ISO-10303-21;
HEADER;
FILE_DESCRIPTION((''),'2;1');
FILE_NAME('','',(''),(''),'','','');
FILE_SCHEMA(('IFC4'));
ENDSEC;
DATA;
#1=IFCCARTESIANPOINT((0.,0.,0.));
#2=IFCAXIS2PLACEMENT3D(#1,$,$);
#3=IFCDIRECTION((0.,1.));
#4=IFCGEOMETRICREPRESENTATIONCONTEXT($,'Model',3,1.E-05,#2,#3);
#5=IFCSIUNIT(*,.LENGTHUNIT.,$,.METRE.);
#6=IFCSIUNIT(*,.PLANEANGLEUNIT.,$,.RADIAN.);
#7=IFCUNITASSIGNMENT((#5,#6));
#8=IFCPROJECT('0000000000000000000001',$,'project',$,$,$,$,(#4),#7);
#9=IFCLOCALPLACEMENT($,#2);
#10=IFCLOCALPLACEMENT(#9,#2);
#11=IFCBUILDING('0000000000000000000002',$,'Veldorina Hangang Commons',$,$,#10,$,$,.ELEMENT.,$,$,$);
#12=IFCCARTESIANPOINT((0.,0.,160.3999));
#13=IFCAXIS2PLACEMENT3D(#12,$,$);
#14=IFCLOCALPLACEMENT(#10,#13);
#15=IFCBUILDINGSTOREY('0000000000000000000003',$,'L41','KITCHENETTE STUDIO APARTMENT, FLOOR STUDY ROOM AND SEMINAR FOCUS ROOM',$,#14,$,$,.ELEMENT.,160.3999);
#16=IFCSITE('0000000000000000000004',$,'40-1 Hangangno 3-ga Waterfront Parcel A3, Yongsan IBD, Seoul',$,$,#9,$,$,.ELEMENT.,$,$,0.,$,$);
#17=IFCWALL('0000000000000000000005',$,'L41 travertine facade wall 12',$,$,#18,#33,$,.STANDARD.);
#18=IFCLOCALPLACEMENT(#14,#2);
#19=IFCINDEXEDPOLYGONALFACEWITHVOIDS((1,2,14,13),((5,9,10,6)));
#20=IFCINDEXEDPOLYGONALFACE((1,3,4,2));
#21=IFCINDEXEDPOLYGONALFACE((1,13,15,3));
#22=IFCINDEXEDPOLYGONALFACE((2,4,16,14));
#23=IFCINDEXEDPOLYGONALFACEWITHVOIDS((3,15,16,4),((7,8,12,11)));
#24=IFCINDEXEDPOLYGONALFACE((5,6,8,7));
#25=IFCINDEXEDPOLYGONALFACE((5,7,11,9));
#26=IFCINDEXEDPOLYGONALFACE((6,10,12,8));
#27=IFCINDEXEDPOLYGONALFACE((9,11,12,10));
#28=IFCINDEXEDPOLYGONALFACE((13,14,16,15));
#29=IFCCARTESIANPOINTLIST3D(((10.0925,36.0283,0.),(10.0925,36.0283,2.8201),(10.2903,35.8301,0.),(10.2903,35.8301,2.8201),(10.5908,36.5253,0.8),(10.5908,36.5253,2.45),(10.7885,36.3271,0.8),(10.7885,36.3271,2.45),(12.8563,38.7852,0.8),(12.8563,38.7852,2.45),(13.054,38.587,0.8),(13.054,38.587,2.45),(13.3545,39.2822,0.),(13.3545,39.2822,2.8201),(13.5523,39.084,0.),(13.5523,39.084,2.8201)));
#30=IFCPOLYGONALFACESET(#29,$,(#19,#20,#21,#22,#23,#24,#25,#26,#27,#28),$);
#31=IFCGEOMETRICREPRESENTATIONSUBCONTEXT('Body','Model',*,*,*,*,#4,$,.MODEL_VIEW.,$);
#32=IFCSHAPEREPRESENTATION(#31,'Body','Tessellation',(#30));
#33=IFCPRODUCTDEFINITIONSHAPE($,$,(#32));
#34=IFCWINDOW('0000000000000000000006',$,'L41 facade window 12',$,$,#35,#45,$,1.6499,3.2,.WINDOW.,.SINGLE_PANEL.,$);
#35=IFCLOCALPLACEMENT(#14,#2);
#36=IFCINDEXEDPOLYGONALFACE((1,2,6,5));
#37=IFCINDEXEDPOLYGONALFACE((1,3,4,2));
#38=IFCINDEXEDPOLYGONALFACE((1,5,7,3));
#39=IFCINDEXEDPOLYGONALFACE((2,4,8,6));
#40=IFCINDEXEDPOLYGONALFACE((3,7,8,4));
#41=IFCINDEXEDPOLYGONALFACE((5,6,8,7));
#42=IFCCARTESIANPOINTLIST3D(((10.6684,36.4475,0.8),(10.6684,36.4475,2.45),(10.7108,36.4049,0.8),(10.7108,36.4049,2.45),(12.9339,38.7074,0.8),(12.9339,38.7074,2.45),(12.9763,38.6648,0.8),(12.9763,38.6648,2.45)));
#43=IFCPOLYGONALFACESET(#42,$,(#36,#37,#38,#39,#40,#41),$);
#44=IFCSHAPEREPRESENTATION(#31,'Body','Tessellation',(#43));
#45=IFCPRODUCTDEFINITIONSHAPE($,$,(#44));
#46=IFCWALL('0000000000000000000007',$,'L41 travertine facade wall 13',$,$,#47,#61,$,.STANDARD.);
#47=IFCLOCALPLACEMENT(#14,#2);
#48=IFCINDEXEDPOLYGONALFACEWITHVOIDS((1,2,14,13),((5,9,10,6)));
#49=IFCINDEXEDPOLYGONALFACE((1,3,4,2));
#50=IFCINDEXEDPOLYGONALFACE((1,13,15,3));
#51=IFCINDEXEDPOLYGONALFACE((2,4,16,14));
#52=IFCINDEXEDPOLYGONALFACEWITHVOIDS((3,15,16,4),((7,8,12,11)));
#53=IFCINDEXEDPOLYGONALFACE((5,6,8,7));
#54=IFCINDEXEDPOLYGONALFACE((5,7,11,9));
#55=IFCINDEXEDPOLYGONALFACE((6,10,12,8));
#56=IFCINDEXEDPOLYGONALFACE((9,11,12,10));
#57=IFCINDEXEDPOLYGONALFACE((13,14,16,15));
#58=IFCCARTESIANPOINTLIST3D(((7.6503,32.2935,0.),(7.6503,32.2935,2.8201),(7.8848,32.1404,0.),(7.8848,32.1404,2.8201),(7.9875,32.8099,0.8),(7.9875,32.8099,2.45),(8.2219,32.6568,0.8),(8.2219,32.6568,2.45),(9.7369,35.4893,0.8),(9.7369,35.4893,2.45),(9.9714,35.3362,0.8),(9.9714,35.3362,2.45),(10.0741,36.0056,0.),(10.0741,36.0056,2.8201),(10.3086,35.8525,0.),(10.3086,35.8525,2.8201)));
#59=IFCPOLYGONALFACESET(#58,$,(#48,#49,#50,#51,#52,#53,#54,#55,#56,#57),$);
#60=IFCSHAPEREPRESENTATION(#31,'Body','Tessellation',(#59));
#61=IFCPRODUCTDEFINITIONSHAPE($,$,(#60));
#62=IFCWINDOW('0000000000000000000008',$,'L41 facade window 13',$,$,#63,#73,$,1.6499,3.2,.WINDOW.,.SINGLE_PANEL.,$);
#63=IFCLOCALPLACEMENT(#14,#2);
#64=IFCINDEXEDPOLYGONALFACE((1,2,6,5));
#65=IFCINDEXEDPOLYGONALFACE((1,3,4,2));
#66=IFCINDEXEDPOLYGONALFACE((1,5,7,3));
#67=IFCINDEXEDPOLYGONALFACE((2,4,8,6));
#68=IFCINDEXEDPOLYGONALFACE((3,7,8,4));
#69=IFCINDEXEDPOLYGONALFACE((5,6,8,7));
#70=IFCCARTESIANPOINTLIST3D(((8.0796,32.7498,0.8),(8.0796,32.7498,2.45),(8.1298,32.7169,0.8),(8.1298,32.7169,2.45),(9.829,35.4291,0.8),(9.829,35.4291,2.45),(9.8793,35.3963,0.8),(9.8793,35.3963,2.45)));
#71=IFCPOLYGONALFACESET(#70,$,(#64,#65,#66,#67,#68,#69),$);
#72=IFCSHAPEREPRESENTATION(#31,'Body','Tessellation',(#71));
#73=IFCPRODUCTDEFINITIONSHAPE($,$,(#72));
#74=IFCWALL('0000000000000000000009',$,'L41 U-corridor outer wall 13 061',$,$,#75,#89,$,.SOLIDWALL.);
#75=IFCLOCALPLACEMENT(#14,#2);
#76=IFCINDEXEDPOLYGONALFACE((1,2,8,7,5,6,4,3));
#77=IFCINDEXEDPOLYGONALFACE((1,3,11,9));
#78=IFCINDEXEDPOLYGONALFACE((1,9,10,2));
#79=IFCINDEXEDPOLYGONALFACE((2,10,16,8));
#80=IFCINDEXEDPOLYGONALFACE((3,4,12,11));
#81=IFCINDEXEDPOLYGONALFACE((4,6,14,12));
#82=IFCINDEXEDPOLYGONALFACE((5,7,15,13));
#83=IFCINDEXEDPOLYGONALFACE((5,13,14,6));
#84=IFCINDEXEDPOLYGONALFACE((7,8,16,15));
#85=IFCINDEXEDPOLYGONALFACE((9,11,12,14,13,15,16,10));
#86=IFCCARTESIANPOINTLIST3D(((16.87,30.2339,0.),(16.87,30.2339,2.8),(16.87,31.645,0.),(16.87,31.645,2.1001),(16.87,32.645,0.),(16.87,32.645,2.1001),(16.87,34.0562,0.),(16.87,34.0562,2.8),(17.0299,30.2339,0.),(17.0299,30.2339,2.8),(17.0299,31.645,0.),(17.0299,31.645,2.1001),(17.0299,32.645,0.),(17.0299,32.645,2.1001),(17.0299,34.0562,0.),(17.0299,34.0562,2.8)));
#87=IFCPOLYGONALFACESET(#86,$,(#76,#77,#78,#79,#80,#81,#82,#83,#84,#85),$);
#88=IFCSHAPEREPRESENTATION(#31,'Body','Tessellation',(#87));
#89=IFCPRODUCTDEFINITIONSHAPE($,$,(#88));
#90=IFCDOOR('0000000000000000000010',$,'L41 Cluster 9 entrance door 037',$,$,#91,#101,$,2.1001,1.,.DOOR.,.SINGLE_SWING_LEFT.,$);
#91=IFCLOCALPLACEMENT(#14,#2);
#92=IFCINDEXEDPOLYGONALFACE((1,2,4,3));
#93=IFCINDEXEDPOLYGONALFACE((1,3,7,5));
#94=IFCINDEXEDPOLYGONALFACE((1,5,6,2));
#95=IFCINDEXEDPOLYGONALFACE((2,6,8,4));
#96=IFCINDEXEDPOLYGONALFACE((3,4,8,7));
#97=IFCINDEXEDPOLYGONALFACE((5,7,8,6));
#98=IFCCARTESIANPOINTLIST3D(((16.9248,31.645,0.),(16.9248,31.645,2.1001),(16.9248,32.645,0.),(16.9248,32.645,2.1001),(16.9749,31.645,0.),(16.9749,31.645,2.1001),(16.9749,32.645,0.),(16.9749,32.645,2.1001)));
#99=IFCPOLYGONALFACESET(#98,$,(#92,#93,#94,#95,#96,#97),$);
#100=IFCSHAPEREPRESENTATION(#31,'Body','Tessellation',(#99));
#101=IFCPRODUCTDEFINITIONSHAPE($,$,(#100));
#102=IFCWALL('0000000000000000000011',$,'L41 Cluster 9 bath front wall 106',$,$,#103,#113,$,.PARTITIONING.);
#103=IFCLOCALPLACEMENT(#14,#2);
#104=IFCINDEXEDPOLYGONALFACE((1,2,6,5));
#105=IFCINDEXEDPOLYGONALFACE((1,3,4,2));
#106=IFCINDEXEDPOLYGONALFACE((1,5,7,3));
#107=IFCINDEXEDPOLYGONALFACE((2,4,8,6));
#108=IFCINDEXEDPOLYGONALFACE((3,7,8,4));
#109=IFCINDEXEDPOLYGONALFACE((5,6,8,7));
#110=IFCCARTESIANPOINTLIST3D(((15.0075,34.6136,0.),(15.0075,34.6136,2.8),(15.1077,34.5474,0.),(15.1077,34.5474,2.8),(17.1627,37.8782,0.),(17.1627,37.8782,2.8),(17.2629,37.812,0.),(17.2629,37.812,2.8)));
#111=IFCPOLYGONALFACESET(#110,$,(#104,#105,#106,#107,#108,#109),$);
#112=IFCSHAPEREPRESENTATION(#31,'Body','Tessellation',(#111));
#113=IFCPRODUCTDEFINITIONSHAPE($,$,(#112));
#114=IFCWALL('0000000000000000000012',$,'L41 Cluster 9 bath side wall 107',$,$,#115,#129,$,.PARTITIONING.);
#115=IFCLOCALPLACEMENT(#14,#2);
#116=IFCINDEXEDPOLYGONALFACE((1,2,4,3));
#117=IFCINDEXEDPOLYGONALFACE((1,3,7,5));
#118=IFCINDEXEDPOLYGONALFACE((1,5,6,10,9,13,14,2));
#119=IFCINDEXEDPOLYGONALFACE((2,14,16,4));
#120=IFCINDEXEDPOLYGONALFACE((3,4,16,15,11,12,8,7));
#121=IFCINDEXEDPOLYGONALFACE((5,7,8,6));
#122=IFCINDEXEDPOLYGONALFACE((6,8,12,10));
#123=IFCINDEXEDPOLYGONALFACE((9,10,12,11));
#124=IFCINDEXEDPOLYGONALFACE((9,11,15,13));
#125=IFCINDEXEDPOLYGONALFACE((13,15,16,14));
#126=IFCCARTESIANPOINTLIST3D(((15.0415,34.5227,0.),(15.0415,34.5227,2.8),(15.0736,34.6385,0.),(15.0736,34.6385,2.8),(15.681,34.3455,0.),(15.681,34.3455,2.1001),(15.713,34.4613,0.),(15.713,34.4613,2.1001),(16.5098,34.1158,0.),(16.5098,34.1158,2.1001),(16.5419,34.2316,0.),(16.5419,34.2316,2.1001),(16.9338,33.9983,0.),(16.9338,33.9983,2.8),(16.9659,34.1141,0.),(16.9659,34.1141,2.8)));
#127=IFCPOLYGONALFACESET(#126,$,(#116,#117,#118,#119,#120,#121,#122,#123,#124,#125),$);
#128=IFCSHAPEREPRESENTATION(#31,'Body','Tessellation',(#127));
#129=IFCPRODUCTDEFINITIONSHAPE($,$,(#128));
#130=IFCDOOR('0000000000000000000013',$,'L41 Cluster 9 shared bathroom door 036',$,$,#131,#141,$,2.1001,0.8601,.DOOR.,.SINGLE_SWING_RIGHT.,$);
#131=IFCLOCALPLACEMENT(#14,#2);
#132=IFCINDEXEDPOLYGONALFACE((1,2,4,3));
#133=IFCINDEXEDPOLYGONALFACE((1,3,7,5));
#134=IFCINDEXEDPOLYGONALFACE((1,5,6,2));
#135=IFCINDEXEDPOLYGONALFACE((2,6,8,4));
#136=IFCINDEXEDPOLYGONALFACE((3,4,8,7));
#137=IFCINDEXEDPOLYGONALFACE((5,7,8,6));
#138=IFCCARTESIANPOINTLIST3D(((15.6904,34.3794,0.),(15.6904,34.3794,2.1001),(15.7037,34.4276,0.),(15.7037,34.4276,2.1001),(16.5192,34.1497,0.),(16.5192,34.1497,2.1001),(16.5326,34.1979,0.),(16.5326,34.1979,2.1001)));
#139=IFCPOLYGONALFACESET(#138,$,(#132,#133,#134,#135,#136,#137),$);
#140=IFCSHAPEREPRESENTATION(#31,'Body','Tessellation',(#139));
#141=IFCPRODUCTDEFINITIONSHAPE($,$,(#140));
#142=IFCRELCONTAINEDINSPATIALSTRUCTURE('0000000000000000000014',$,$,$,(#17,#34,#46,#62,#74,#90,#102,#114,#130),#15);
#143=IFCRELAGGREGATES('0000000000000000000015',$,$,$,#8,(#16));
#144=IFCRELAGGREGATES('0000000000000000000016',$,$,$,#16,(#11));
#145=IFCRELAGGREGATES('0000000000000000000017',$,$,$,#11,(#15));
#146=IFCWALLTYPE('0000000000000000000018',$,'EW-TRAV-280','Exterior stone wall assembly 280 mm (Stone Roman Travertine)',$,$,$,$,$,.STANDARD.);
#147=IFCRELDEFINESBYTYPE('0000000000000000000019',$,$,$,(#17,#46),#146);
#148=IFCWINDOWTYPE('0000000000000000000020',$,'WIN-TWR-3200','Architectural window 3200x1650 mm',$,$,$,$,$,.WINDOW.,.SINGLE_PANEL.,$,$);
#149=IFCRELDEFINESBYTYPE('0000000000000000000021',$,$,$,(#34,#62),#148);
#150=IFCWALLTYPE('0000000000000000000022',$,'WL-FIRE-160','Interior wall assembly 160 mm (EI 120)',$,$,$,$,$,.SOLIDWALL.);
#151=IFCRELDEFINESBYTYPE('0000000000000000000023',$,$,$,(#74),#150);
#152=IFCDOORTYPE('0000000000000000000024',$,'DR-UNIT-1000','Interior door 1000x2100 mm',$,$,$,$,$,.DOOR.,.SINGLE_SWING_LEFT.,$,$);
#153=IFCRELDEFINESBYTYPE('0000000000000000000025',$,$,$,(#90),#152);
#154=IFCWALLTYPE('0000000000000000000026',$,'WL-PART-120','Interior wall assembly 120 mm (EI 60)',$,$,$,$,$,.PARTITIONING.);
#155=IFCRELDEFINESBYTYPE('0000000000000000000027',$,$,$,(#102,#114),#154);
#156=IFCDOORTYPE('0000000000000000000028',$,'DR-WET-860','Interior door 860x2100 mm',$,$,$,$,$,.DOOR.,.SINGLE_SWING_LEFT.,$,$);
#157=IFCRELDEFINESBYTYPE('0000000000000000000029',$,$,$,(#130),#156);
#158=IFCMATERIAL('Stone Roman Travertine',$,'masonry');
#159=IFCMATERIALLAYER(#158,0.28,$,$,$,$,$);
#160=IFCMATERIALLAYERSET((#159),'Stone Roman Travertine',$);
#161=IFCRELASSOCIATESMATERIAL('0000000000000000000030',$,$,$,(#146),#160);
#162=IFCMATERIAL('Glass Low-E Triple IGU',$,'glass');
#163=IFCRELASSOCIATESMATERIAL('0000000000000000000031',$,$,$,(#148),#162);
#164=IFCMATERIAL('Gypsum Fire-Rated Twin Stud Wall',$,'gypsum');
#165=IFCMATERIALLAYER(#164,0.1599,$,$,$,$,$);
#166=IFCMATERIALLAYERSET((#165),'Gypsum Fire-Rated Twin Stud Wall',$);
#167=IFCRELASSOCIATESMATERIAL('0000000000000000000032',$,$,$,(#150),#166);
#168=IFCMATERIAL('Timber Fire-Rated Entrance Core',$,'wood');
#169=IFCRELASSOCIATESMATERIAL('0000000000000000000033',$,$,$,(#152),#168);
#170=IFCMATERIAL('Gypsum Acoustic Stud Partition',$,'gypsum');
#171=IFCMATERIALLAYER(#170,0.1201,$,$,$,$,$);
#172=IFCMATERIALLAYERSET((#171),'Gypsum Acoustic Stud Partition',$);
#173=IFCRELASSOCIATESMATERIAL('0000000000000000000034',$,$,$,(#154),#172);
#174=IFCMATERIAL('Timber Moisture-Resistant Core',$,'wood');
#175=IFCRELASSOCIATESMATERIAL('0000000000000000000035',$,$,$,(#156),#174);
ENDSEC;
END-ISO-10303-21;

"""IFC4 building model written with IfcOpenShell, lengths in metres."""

from ifc_helpers import new_model, si_unit, direction, frame, frame_2d, origin, place, context, subcontext, project, spatial, rectangle, extrude, material, layer, layer_set, type_object, element, fill, save


model = new_model("IFC4")

# Units and contexts
model_context = context("Model", 3, precision=1e-05, world=origin(), true_north=direction((0.0, 1.0)))
body_context = subcontext(model_context, "Body", "Model", "MODEL_VIEW")
ifc_project = project(units=[si_unit("LENGTHUNIT", "METRE"), si_unit("PLANEANGLEUNIT", "RADIAN")], contexts=[model_context])

# Site, building, storey
site_placement = place(None, origin())
site = spatial("IfcSite", under=ifc_project, at=site_placement, Name="40-1 Hangangno 3-ga Waterfront Parcel A3, Yongsan IBD, Seoul", CompositionType="ELEMENT", RefElevation=0.0)
building_placement = place(site_placement, origin())
building = spatial("IfcBuilding", under=site, at=building_placement, Name="Veldorina Hangang Commons", CompositionType="ELEMENT")
storey_placement = place(building_placement, frame((0.0, 0.0, 160.3999)))
storey = spatial("IfcBuildingStorey", under=building, at=storey_placement, Name="L41", Description="KITCHENETTE STUDIO APARTMENT, FLOOR STUDY ROOM AND SEMINAR FOCUS ROOM", CompositionType="ELEMENT", Elevation=160.3999)

# Walls, openings, windows
ifc_material_1 = material(Name="Stone Roman Travertine", Category="masonry")
ifc_layer_1 = layer(ifc_material_1, 0.28)
ifc_layer_set_1 = layer_set([ifc_layer_1], Name="Stone Roman Travertine")
wall_type_1 = type_object("IfcWallType", Name="EW-TRAV-280", Description="Exterior stone wall assembly 280 mm (Stone Roman Travertine)", PredefinedType="STANDARD", material=ifc_layer_set_1)
ifc_material_2 = material(Name="Glass Low-E Triple IGU", Category="glass")
window_type = type_object("IfcWindowType", Name="WIN-TWR-3200", Description="Architectural window 3200x1650 mm", PartitioningType="SINGLE_PANEL", PredefinedType="WINDOW", material=ifc_material_2)
wall_1_placement = place(storey_placement, frame((13.4534, 39.1831, 0.0), z_axis=(0.0, 0.0, 1.0), x_axis=(-0.707981, -0.706232, 0.0)))
wall_1 = element("IfcWall", 1, at=wall_1_placement, inside=storey, type_object=wall_type_1, Name="L41 travertine facade wall 12", PredefinedType="STANDARD", context=body_context, shape_type="SweptSolid", body=[
    extrude(rectangle(XDim=4.6074, YDim=0.28, at=frame_2d((2.3037, 0.0))), origin(), (0.0, 0.0, 1.0), 2.8201),
])
opening_1_placement = place(wall_1_placement, frame((0.7036, 0.0, 0.8)))
opening_1 = element("IfcOpeningElement", 2, at=opening_1_placement, cuts=wall_1, PredefinedType="OPENING", context=body_context, shape_type="SweptSolid", body=[
    extrude(rectangle(XDim=3.2, YDim=1.6499, at=frame_2d((1.6001, 0.825))), frame((0.0, 0.1499, 0.0), z_axis=(0.0, -1.0, 0.0), x_axis=(1.0, 0.0, 0.0)), (0.0, 0.0, 1.0), 0.3),
])
window_1_placement = place(opening_1_placement, origin())
window_1 = element("IfcWindow", 3, at=window_1_placement, inside=storey, type_object=window_type, Name="L41 facade window 12", OverallHeight=1.6499, OverallWidth=3.2, PartitioningType="SINGLE_PANEL", PredefinedType="WINDOW", context=body_context, shape_type="SweptSolid", body=[
    extrude(rectangle(XDim=3.2, YDim=1.6499, at=frame_2d((1.6001, 0.825))), frame((0.0, 0.03, 0.0), z_axis=(0.0, -1.0, 0.0), x_axis=(1.0, 0.0, 0.0)), (0.0, 0.0, 1.0), 0.0601),
])
fill(opening_1, window_1)
wall_2_placement = place(storey_placement, frame((10.1914, 35.9292, 0.0), z_axis=(0.0, 0.0, 1.0), x_axis=(-0.54672, -0.837316, 0.0)))
wall_2 = element("IfcWall", 4, at=wall_2_placement, inside=storey, type_object=wall_type_1, Name="L41 travertine facade wall 13", PredefinedType="STANDARD", context=body_context, shape_type="SweptSolid", body=[
    extrude(rectangle(XDim=4.4333, YDim=0.28, at=frame_2d((2.2168, 0.0))), origin(), (0.0, 0.0, 1.0), 2.8201),
])
opening_2_placement = place(wall_2_placement, frame((0.6167, 0.0, 0.8)))
opening_2 = element("IfcOpeningElement", 5, at=opening_2_placement, cuts=wall_2, PredefinedType="OPENING", context=body_context, shape_type="SweptSolid", body=[
    extrude(rectangle(XDim=3.2, YDim=1.6499, at=frame_2d((1.6001, 0.825))), frame((0.0, 0.1499, 0.0), z_axis=(0.0, -1.0, 0.0), x_axis=(1.0, 0.0, 0.0)), (0.0, 0.0, 1.0), 0.3),
])
window_2_placement = place(opening_2_placement, origin())
window_2 = element("IfcWindow", 6, at=window_2_placement, inside=storey, type_object=window_type, Name="L41 facade window 13", OverallHeight=1.6499, OverallWidth=3.2, PartitioningType="SINGLE_PANEL", PredefinedType="WINDOW", context=body_context, shape_type="SweptSolid", body=[
    extrude(rectangle(XDim=3.2, YDim=1.6499, at=frame_2d((1.6001, 0.825))), frame((0.0, 0.03, 0.0), z_axis=(0.0, -1.0, 0.0), x_axis=(1.0, 0.0, 0.0)), (0.0, 0.0, 1.0), 0.0601),
])
fill(opening_2, window_2)

# Wall, opening, door
ifc_material_3 = material(Name="Gypsum Fire-Rated Twin Stud Wall", Category="gypsum")
ifc_layer_2 = layer(ifc_material_3, 0.1599)
ifc_layer_set_2 = layer_set([ifc_layer_2], Name="Gypsum Fire-Rated Twin Stud Wall")
wall_type_2 = type_object("IfcWallType", Name="WL-FIRE-160", Description="Interior wall assembly 160 mm (EI 120)", PredefinedType="SOLIDWALL", material=ifc_layer_set_2)
wall_3_placement = place(storey_placement, frame((16.95, 34.0562, 0.0), z_axis=(0.0, 0.0, 1.0), x_axis=(0.0, -1.0, 0.0)))
wall_3 = element("IfcWall", 7, at=wall_3_placement, inside=storey, type_object=wall_type_2, Name="L41 U-corridor outer wall 13 061", PredefinedType="SOLIDWALL", context=body_context, shape_type="SweptSolid", body=[
    extrude(rectangle(XDim=3.8223, YDim=0.1599, at=frame_2d((1.9111, 0.0))), origin(), (0.0, 0.0, 1.0), 2.8),
])
opening_3_placement = place(wall_3_placement, frame((1.4111, 0.0, 0.0)))
opening_3 = element("IfcOpeningElement", 8, at=opening_3_placement, cuts=wall_3, PredefinedType="OPENING", context=body_context, shape_type="SweptSolid", body=[
    extrude(rectangle(XDim=1.0, YDim=2.1001, at=frame_2d((0.5, 1.05))), frame((0.0, 0.0898, 0.0), z_axis=(0.0, -1.0, 0.0), x_axis=(1.0, 0.0, 0.0)), (0.0, 0.0, 1.0), 0.1799),
])
ifc_material_4 = material(Name="Timber Fire-Rated Entrance Core", Category="wood")
door_type_1 = type_object("IfcDoorType", Name="DR-UNIT-1000", Description="Interior door 1000x2100 mm", OperationType="SINGLE_SWING_LEFT", PredefinedType="DOOR", material=ifc_material_4)
door_1_placement = place(opening_3_placement, origin())
door_1 = element("IfcDoor", 9, at=door_1_placement, inside=storey, type_object=door_type_1, Name="L41 Cluster 9 entrance door 037", OperationType="SINGLE_SWING_LEFT", OverallHeight=2.1001, OverallWidth=1.0, PredefinedType="DOOR", context=body_context, shape_type="SweptSolid", body=[
    extrude(rectangle(XDim=1.0, YDim=2.1001, at=frame_2d((0.5, 1.05))), frame((0.0, 0.0249, 0.0), z_axis=(0.0, -1.0, 0.0), x_axis=(1.0, 0.0, 0.0)), (0.0, 0.0, 1.0), 0.05),
])
fill(opening_3, door_1)

# Wall
ifc_material_5 = material(Name="Gypsum Acoustic Stud Partition", Category="gypsum")
ifc_layer_3 = layer(ifc_material_5, 0.1201)
ifc_layer_set_3 = layer_set([ifc_layer_3], Name="Gypsum Acoustic Stud Partition")
wall_type_3 = type_object("IfcWallType", Name="WL-PART-120", Description="Interior wall assembly 120 mm (EI 60)", PredefinedType="PARTITIONING", material=ifc_layer_set_3)
wall_4_placement = place(storey_placement, frame((17.2129, 37.8452, 0.0), z_axis=(0.0, 0.0, 1.0), x_axis=(-0.55095, -0.834538, 0.0)))
element("IfcWall", 10, at=wall_4_placement, inside=storey, type_object=wall_type_3, Name="L41 Cluster 9 bath front wall 106", PredefinedType="PARTITIONING", context=body_context, shape_type="SweptSolid", body=[
    extrude(rectangle(XDim=3.9119, YDim=0.1201, at=frame_2d((1.9561, 0.0))), origin(), (0.0, 0.0, 1.0), 2.8),
])

# Wall, opening, door
wall_5_placement = place(storey_placement, frame((16.95, 34.0562, 0.0), z_axis=(0.0, 0.0, 1.0), x_axis=(-0.96368, 0.26706, 0.0)))
wall_5 = element("IfcWall", 11, at=wall_5_placement, inside=storey, type_object=wall_type_3, Name="L41 Cluster 9 bath side wall 107", PredefinedType="PARTITIONING", context=body_context, shape_type="SweptSolid", body=[
    extrude(rectangle(XDim=1.9636, YDim=0.1201, at=frame_2d((0.9819, 0.0))), origin(), (0.0, 0.0, 1.0), 2.8),
])
opening_4_placement = place(wall_5_placement, frame((0.4399, 0.0, 0.0)))
opening_4 = element("IfcOpeningElement", 12, at=opening_4_placement, cuts=wall_5, PredefinedType="OPENING", context=body_context, shape_type="SweptSolid", body=[
    extrude(rectangle(XDim=0.8601, YDim=2.1001, at=frame_2d((0.4302, 1.05))), frame((0.0, 0.0701, 0.0), z_axis=(0.0, -1.0, 0.0), x_axis=(1.0, 0.0, 0.0)), (0.0, 0.0, 1.0), 0.1401),
])
ifc_material_6 = material(Name="Timber Moisture-Resistant Core", Category="wood")
door_type_2 = type_object("IfcDoorType", Name="DR-WET-860", Description="Interior door 860x2100 mm", OperationType="SINGLE_SWING_LEFT", PredefinedType="DOOR", material=ifc_material_6)
door_2_placement = place(opening_4_placement, origin())
door_2 = element("IfcDoor", 13, at=door_2_placement, inside=storey, type_object=door_type_2, Name="L41 Cluster 9 shared bathroom door 036", OperationType="SINGLE_SWING_RIGHT", OverallHeight=2.1001, OverallWidth=0.8601, PredefinedType="DOOR", context=body_context, shape_type="SweptSolid", body=[
    extrude(rectangle(XDim=0.8601, YDim=2.1001, at=frame_2d((0.4302, 1.05))), frame((0.0, 0.0249, 0.0), z_axis=(0.0, -1.0, 0.0), x_axis=(1.0, 0.0, 0.0)), (0.0, 0.0, 1.0), 0.05),
])
fill(opening_4, door_2)

save(model, "model.ifc")
